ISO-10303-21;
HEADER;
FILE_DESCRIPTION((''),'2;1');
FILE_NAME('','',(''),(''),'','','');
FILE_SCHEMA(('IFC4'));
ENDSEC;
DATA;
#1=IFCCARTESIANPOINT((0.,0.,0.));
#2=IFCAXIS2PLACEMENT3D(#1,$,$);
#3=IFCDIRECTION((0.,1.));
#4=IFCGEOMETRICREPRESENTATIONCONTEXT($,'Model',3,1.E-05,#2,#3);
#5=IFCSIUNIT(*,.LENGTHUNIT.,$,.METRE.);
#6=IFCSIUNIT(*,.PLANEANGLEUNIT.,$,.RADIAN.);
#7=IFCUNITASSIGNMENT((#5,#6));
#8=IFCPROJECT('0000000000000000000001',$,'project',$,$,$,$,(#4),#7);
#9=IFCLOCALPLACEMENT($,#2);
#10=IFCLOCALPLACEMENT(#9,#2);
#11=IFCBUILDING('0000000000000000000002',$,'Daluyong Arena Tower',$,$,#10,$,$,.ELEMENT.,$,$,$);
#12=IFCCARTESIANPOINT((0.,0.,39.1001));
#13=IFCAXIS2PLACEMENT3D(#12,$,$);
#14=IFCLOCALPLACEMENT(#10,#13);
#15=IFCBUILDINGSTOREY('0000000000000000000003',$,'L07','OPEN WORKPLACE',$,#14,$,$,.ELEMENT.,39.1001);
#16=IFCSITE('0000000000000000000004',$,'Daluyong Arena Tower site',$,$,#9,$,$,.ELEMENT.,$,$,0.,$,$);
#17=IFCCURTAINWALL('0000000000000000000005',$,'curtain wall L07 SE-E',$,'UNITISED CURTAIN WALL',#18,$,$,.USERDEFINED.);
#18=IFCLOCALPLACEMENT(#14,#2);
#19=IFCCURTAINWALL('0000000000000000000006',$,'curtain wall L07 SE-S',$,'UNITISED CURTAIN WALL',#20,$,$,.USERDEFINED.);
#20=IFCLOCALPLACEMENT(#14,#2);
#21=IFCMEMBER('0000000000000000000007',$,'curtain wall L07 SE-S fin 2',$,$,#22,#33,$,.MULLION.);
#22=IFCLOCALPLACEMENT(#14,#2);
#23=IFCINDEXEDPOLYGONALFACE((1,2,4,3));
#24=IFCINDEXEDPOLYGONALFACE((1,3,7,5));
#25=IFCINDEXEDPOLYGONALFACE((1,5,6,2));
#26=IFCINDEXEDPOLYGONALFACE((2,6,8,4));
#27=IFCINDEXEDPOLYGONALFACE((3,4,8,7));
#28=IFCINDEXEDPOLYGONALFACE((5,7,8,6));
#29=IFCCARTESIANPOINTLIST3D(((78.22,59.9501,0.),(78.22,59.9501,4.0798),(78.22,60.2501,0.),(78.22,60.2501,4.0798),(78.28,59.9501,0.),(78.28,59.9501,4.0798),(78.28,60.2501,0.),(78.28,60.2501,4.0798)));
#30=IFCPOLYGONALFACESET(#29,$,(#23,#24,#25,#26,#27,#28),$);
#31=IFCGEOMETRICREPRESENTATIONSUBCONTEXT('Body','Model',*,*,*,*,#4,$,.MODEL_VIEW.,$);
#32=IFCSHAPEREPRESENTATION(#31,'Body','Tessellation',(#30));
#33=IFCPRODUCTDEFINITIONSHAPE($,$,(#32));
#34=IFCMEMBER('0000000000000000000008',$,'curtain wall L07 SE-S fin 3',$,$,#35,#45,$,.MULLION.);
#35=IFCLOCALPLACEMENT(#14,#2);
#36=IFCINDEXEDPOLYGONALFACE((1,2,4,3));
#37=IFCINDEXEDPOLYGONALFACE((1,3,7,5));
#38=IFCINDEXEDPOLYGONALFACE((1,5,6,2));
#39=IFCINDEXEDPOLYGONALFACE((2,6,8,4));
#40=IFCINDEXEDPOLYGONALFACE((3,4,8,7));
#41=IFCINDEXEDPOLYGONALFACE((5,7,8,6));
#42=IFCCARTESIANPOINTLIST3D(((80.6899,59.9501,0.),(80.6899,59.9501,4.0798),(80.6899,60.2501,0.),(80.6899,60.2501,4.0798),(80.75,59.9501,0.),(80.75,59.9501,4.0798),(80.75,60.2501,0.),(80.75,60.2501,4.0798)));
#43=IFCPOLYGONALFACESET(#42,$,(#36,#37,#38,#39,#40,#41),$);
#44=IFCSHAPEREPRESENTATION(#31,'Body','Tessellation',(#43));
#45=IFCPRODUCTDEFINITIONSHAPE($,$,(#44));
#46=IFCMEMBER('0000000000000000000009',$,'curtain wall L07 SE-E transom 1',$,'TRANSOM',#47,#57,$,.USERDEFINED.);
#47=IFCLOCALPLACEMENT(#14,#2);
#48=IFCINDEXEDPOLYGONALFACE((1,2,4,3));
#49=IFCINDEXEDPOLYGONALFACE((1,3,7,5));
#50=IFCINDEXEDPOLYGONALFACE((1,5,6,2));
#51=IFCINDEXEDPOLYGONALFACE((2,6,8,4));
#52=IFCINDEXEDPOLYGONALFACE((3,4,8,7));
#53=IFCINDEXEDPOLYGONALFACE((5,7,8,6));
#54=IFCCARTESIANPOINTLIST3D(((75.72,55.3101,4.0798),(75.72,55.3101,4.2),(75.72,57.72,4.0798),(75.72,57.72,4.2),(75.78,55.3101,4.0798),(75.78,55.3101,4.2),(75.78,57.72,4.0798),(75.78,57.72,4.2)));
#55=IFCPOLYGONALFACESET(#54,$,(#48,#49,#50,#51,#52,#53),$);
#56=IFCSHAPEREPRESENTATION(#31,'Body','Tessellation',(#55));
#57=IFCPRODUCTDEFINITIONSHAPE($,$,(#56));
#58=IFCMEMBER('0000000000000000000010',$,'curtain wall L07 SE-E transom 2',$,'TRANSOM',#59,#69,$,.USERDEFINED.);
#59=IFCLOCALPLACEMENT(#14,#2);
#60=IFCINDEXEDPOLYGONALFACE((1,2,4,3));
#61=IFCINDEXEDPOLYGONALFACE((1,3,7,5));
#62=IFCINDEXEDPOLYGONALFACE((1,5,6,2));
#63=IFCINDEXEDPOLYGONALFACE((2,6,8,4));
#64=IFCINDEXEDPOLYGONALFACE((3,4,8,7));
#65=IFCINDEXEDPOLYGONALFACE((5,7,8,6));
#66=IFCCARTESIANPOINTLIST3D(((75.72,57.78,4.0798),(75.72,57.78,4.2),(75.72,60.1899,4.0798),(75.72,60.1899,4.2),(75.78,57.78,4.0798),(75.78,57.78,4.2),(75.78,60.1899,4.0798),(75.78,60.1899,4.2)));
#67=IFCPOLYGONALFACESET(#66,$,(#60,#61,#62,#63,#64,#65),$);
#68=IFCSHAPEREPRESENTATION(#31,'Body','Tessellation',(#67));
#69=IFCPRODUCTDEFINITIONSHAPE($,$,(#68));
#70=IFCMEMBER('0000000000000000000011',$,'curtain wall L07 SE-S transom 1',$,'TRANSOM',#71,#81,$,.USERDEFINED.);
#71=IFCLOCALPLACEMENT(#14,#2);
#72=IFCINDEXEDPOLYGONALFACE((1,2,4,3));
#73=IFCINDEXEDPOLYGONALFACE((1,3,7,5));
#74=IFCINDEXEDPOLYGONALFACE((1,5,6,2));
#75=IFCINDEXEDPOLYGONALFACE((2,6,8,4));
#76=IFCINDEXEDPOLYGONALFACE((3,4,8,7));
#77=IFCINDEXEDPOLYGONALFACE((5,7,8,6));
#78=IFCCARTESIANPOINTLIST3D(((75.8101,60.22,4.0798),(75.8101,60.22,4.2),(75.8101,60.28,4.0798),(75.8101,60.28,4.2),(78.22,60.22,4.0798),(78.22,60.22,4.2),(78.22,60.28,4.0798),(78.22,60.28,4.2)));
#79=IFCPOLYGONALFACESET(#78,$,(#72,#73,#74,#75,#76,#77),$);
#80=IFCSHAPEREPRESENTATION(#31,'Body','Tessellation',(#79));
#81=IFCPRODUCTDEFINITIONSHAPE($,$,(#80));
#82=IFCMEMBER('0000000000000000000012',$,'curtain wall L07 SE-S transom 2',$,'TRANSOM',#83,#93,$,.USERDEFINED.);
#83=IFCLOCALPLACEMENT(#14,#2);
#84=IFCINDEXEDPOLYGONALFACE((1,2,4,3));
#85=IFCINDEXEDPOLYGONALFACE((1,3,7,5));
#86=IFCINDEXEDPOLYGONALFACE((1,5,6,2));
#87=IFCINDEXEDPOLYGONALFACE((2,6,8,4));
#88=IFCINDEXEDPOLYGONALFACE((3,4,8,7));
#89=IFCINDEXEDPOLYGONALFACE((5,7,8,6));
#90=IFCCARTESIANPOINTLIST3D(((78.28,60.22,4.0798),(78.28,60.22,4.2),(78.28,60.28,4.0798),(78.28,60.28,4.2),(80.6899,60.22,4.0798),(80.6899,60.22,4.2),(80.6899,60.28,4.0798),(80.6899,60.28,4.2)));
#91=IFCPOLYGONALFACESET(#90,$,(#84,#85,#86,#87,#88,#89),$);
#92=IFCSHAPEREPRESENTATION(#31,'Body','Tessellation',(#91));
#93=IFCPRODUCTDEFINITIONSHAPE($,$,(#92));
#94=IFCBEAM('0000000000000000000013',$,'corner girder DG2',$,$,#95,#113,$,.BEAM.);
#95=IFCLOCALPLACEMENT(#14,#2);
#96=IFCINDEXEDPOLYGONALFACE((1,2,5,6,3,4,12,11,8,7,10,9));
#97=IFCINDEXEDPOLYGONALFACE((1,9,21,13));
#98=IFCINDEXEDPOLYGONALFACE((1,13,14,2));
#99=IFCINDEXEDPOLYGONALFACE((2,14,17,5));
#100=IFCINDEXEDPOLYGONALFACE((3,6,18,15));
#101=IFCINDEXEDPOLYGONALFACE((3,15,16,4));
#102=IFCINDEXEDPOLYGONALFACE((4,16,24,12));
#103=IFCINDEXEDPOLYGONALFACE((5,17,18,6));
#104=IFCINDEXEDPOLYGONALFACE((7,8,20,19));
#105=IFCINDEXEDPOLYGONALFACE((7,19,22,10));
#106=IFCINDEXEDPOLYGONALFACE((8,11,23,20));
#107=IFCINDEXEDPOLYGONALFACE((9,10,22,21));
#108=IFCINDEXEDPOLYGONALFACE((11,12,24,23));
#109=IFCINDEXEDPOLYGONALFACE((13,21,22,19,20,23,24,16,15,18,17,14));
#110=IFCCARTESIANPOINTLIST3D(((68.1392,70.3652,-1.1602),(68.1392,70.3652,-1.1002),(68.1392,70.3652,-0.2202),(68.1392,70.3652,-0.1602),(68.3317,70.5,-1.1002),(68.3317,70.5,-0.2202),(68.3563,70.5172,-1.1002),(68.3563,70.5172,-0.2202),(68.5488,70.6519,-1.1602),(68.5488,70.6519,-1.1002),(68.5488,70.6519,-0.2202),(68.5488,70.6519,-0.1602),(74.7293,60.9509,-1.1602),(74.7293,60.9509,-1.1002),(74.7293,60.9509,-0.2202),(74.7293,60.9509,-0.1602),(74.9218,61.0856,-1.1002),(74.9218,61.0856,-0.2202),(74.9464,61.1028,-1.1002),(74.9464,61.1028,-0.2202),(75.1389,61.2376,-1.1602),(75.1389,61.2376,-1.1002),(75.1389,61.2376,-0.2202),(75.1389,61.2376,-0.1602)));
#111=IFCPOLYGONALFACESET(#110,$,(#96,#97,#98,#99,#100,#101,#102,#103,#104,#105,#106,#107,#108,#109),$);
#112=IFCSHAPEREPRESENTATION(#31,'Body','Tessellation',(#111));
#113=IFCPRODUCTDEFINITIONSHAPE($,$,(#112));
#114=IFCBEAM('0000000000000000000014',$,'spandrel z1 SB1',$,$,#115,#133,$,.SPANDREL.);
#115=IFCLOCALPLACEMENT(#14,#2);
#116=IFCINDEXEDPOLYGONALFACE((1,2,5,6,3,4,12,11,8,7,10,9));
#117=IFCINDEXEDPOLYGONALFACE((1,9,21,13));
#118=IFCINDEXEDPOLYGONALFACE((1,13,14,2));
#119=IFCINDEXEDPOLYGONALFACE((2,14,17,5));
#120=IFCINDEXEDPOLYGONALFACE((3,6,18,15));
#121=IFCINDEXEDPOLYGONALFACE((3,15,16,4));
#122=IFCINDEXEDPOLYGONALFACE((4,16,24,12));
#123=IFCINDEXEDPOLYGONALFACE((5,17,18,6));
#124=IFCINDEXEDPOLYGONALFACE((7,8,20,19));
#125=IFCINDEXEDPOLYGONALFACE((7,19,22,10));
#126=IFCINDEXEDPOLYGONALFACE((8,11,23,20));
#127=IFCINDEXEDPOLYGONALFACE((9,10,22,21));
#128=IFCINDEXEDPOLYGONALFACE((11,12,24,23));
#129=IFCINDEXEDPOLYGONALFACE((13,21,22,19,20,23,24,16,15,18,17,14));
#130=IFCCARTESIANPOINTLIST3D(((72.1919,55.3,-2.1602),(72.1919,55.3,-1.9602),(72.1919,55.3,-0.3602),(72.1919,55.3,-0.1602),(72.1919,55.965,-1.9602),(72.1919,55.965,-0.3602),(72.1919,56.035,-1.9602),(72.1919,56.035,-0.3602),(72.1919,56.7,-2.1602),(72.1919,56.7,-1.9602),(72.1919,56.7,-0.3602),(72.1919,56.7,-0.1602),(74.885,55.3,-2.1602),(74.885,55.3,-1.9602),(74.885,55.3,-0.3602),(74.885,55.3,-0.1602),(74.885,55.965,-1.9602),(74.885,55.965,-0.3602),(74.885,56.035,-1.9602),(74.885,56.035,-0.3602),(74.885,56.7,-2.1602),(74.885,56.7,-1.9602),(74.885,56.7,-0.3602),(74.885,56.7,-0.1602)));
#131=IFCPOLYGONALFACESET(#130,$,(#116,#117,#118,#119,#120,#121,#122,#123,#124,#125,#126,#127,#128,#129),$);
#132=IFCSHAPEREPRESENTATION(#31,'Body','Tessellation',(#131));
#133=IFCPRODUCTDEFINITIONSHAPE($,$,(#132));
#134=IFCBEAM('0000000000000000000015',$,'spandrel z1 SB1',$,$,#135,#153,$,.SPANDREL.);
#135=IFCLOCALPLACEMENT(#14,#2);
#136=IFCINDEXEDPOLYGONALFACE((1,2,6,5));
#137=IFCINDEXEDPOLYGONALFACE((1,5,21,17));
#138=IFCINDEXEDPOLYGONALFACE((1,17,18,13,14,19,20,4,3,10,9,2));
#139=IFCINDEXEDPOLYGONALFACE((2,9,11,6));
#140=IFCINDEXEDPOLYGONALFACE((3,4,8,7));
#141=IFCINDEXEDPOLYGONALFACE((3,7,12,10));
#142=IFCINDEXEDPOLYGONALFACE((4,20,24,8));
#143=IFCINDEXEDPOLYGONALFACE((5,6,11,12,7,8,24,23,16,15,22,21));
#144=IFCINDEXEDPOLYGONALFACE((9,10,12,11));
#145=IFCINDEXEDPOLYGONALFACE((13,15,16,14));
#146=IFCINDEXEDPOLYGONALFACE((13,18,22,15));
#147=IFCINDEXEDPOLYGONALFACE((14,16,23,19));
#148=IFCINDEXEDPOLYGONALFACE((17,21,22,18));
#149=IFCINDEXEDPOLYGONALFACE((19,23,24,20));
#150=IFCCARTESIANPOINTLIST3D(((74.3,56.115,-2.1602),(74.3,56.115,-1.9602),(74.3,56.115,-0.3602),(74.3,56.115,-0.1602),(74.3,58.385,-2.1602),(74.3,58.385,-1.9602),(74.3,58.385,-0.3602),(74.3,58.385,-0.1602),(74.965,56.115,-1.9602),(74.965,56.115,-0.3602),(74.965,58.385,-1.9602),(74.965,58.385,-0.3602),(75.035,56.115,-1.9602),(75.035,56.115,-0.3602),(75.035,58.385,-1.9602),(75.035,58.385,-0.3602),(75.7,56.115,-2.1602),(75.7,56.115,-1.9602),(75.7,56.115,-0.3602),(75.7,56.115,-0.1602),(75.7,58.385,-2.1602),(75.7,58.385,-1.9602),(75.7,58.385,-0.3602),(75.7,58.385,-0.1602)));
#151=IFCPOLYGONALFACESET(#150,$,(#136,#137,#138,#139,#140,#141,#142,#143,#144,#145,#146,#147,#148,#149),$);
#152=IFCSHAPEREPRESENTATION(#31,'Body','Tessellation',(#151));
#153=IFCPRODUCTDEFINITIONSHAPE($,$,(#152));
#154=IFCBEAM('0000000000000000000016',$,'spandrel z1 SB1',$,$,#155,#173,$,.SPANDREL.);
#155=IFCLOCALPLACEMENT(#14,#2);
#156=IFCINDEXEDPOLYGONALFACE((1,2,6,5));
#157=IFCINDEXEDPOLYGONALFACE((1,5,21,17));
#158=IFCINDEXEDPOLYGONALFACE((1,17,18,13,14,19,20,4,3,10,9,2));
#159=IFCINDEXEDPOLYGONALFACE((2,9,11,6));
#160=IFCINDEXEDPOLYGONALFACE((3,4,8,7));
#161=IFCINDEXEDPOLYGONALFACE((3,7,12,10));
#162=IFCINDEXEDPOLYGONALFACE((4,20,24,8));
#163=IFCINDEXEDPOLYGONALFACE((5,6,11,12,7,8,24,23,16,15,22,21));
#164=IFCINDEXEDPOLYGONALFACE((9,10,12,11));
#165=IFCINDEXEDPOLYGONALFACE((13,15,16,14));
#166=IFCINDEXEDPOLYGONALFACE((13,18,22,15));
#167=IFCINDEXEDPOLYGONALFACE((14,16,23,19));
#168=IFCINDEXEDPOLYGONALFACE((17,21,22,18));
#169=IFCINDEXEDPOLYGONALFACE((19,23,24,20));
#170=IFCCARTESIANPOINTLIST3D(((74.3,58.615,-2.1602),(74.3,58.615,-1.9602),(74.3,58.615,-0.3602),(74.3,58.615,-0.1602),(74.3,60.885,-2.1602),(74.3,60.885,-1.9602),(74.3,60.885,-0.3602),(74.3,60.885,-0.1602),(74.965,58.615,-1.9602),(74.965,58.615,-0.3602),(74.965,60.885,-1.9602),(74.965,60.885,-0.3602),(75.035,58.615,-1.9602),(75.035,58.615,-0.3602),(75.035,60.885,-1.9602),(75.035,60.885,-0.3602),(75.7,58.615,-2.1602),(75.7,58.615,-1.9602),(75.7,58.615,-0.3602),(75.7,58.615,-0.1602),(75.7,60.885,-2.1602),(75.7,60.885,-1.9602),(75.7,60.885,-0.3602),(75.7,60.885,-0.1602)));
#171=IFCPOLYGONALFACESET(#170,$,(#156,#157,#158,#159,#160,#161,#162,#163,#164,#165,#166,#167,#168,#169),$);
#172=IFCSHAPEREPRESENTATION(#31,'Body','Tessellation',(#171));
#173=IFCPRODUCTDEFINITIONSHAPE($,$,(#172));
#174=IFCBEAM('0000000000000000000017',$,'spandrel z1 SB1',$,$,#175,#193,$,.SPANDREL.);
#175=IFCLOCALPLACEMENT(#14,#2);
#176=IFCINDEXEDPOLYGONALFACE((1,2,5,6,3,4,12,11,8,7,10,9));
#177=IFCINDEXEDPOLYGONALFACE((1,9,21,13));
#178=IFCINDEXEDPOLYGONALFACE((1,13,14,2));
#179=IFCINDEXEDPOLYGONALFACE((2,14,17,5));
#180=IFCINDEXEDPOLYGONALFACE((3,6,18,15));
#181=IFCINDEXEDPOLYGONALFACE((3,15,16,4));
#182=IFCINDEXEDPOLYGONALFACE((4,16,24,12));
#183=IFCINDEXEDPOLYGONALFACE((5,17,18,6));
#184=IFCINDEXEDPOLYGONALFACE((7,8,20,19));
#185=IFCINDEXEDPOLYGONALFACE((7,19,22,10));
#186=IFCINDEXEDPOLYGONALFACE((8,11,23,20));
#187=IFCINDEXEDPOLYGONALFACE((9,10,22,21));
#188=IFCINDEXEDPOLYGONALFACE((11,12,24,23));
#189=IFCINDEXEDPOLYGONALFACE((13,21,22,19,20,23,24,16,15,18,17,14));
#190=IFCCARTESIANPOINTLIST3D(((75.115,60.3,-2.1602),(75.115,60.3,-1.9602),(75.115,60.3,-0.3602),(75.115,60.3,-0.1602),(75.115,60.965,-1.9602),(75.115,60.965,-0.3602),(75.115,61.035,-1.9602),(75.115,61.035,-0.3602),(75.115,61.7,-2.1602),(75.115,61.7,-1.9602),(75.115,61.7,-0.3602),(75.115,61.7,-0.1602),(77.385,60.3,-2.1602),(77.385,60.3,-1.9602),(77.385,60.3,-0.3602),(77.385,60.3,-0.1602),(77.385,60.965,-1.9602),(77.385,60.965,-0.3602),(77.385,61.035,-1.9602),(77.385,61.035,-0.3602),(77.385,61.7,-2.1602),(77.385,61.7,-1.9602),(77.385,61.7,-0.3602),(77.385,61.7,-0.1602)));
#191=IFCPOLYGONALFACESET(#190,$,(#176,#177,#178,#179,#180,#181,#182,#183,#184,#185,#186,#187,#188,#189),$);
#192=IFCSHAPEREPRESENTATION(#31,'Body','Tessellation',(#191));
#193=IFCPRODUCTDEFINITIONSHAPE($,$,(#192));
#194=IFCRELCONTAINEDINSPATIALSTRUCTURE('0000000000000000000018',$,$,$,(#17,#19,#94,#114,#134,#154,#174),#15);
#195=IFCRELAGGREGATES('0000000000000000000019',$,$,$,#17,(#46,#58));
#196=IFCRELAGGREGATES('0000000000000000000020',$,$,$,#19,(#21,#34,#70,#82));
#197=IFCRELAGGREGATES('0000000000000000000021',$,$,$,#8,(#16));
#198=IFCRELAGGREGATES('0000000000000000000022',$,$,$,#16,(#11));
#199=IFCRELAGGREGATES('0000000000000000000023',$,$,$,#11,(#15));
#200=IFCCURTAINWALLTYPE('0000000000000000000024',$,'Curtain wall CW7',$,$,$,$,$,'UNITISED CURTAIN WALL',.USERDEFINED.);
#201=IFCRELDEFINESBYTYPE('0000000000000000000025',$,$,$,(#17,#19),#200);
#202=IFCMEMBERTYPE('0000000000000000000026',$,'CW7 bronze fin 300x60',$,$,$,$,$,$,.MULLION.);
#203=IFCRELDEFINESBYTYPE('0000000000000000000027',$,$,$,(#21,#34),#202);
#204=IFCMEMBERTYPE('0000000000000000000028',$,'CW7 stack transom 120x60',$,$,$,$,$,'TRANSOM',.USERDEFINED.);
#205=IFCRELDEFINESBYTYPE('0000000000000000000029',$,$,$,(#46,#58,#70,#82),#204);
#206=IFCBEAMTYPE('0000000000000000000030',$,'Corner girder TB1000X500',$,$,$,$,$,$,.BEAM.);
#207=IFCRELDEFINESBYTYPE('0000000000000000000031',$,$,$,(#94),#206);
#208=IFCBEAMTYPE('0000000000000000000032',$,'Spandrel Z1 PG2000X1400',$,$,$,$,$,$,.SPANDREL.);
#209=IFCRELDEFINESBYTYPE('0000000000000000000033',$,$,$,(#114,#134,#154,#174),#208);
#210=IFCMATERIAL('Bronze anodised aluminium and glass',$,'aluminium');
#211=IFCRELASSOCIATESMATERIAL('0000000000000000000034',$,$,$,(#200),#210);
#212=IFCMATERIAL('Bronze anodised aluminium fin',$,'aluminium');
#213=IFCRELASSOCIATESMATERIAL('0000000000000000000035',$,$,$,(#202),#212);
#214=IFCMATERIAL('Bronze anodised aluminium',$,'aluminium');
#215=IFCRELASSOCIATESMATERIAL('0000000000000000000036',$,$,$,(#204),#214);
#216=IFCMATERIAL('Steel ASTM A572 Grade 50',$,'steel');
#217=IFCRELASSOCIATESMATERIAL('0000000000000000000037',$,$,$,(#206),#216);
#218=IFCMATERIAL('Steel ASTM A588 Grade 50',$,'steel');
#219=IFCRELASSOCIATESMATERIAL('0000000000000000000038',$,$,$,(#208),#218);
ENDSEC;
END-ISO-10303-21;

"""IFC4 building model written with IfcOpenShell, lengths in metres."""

from ifc_helpers import new_model, si_unit, direction, frame, origin, origin_2d, place, context, subcontext, project, spatial, rectangle, i_section, extrude, material, material_profile, profile_set, type_object, element, aggregate, save


model = new_model("IFC4")

# Units and contexts
model_context = context("Model", 3, precision=1e-05, world=origin(), true_north=direction((0.0, 1.0)))
body_context = subcontext(model_context, "Body", "Model", "MODEL_VIEW")
ifc_project = project(units=[si_unit("LENGTHUNIT", "METRE"), si_unit("PLANEANGLEUNIT", "RADIAN")], contexts=[model_context])

# Site, building, storey
site_placement = place(None, origin())
site = spatial("IfcSite", under=ifc_project, at=site_placement, Name="Daluyong Arena Tower site", CompositionType="ELEMENT", RefElevation=0.0)
building_placement = place(site_placement, origin())
building = spatial("IfcBuilding", under=site, at=building_placement, Name="Daluyong Arena Tower", CompositionType="ELEMENT")
storey_placement = place(building_placement, frame((0.0, 0.0, 39.1001)))
storey = spatial("IfcBuildingStorey", under=building, at=storey_placement, Name="L07", Description="OPEN WORKPLACE", CompositionType="ELEMENT", Elevation=39.1001)

# Curtain walls, members
ifc_material_1 = material(Name="Bronze anodised aluminium and glass", Category="aluminium")
curtain_wall_type_1 = type_object("IfcCurtainWallType", Name="Curtain wall CW7", ElementType="UNITISED CURTAIN WALL", PredefinedType="USERDEFINED", material=ifc_material_1)
curtain_wall_1_placement = place(storey_placement, origin())
curtain_wall_1 = element("IfcCurtainWall", 1, at=curtain_wall_1_placement, inside=storey, type_object=curtain_wall_type_1, Name="curtain wall L07 SE-E", ObjectType="UNITISED CURTAIN WALL", PredefinedType="USERDEFINED")
ifc_material_2 = material(Name="Bronze anodised aluminium fin", Category="aluminium")
ifc_material_profile_1 = material_profile(ifc_material_2, rectangle(XDim=0.3, YDim=0.0601, at=origin_2d()))
ifc_profile_set_1 = profile_set([ifc_material_profile_1], Name="Bronze anodised aluminium fin")
member_type_1 = type_object("IfcMemberType", Name="CW7 bronze fin 300x60", PredefinedType="MULLION", material=ifc_profile_set_1)
curtain_wall_2_placement = place(storey_placement, origin())
curtain_wall_2 = element("IfcCurtainWall", 2, at=curtain_wall_2_placement, inside=storey, type_object=curtain_wall_type_1, Name="curtain wall L07 SE-S", ObjectType="UNITISED CURTAIN WALL", PredefinedType="USERDEFINED")
member_1_placement = place(storey_placement, frame((78.25, 60.1001, 0.0), z_axis=(0.0, 0.0, 1.0), x_axis=(0.0, 1.0, 0.0)))
member_1 = element("IfcMember", 3, at=member_1_placement, type_object=member_type_1, Name="curtain wall L07 SE-S fin 2", PredefinedType="MULLION", context=body_context, shape_type="SweptSolid", body=[
    extrude(rectangle(XDim=0.3, YDim=0.0601, at=origin_2d()), origin(), (0.0, 0.0, 1.0), 4.0798),
])
member_2_placement = place(storey_placement, frame((80.72, 60.1001, 0.0), z_axis=(0.0, 0.0, 1.0), x_axis=(0.0, 1.0, 0.0)))
member_2 = element("IfcMember", 4, at=member_2_placement, type_object=member_type_1, Name="curtain wall L07 SE-S fin 3", PredefinedType="MULLION", context=body_context, shape_type="SweptSolid", body=[
    extrude(rectangle(XDim=0.3, YDim=0.0601, at=origin_2d()), origin(), (0.0, 0.0, 1.0), 4.0798),
])

# Members
ifc_material_3 = material(Name="Bronze anodised aluminium", Category="aluminium")
ifc_material_profile_2 = material_profile(ifc_material_3, rectangle(XDim=0.0601, YDim=0.1201, at=origin_2d()))
ifc_profile_set_2 = profile_set([ifc_material_profile_2], Name="Bronze anodised aluminium")
member_type_2 = type_object("IfcMemberType", Name="CW7 stack transom 120x60", ElementType="TRANSOM", PredefinedType="USERDEFINED", material=ifc_profile_set_2)
member_3_placement = place(storey_placement, frame((75.75, 55.3101, 4.1399), z_axis=(0.0, 1.0, 0.0), x_axis=(-1.0, 0.0, 0.0)))
member_3 = element("IfcMember", 5, at=member_3_placement, type_object=member_type_2, Name="curtain wall L07 SE-E transom 1", ObjectType="TRANSOM", PredefinedType="USERDEFINED", context=body_context, shape_type="SweptSolid", body=[
    extrude(rectangle(XDim=0.0601, YDim=0.1201, at=origin_2d()), origin(), (0.0, 0.0, 1.0), 2.4099),
])
member_4_placement = place(storey_placement, frame((75.75, 57.78, 4.1399), z_axis=(0.0, 1.0, 0.0), x_axis=(-1.0, 0.0, 0.0)))
member_4 = element("IfcMember", 6, at=member_4_placement, type_object=member_type_2, Name="curtain wall L07 SE-E transom 2", ObjectType="TRANSOM", PredefinedType="USERDEFINED", context=body_context, shape_type="SweptSolid", body=[
    extrude(rectangle(XDim=0.0601, YDim=0.1201, at=origin_2d()), origin(), (0.0, 0.0, 1.0), 2.4099),
])
member_5_placement = place(storey_placement, frame((75.8101, 60.25, 4.1399), z_axis=(1.0, 0.0, 0.0), x_axis=(0.0, 1.0, 0.0)))
member_5 = element("IfcMember", 7, at=member_5_placement, type_object=member_type_2, Name="curtain wall L07 SE-S transom 1", ObjectType="TRANSOM", PredefinedType="USERDEFINED", context=body_context, shape_type="SweptSolid", body=[
    extrude(rectangle(XDim=0.0601, YDim=0.1201, at=origin_2d()), origin(), (0.0, 0.0, 1.0), 2.4099),
])
member_6_placement = place(storey_placement, frame((78.28, 60.25, 4.1399), z_axis=(1.0, 0.0, 0.0), x_axis=(0.0, 1.0, 0.0)))
member_6 = element("IfcMember", 8, at=member_6_placement, type_object=member_type_2, Name="curtain wall L07 SE-S transom 2", ObjectType="TRANSOM", PredefinedType="USERDEFINED", context=body_context, shape_type="SweptSolid", body=[
    extrude(rectangle(XDim=0.0601, YDim=0.1201, at=origin_2d()), origin(), (0.0, 0.0, 1.0), 2.4099),
])

# Beams
ifc_material_4 = material(Name="Steel ASTM A572 Grade 50", Category="steel")
ifc_material_profile_3 = material_profile(ifc_material_4, i_section(OverallWidth=0.5, OverallDepth=1.0, WebThickness=0.03, FlangeThickness=0.06, at=origin_2d()))
ifc_profile_set_3 = profile_set([ifc_material_profile_3], Name="Steel ASTM A572 Grade 50")
beam_type_1 = type_object("IfcBeamType", Name="Corner girder TB1000X500", PredefinedType="BEAM", material=ifc_profile_set_3)
beam_1_placement = place(storey_placement, frame((74.9341, 61.0942, -0.6602), z_axis=(-0.573467, 0.819229, 0.0), x_axis=(-0.819229, -0.573467, 0.0)))
element("IfcBeam", 9, at=beam_1_placement, inside=storey, type_object=beam_type_1, Name="corner girder DG2", PredefinedType="BEAM", context=body_context, shape_type="SweptSolid", body=[
    extrude(i_section(OverallWidth=0.5, OverallDepth=1.0, WebThickness=0.03, FlangeThickness=0.06, at=origin_2d()), origin(), (0.0, 0.0, 1.0), 11.4917),
])
ifc_material_5 = material(Name="Steel ASTM A588 Grade 50", Category="steel")
ifc_material_profile_4 = material_profile(ifc_material_5, i_section(OverallWidth=1.3999, OverallDepth=2.0, WebThickness=0.07, FlangeThickness=0.2, at=origin_2d()))
ifc_profile_set_4 = profile_set([ifc_material_profile_4], Name="Steel ASTM A588 Grade 50")
beam_type_2 = type_object("IfcBeamType", Name="Spandrel Z1 PG2000X1400", PredefinedType="SPANDREL", material=ifc_profile_set_4)
beam_2_placement = place(storey_placement, frame((72.1919, 56.0, -1.1602), z_axis=(1.0, 0.0, 0.0), x_axis=(0.0, 1.0, 0.0)))
element("IfcBeam", 10, at=beam_2_placement, inside=storey, type_object=beam_type_2, Name="spandrel z1 SB1", PredefinedType="SPANDREL", context=body_context, shape_type="SweptSolid", body=[
    extrude(i_section(OverallWidth=1.3999, OverallDepth=2.0, WebThickness=0.07, FlangeThickness=0.2, at=origin_2d()), origin(), (0.0, 0.0, 1.0), 2.6931),
])
for number, where, z_axis, x_axis, name in (
    (11, (75.0, 56.115, -1.1602), (0.0, 1.0, 0.0), (-1.0, 0.0, 0.0), "spandrel z1 SB1"),
    (12, (75.0, 58.615, -1.1602), (0.0, 1.0, 0.0), (-1.0, 0.0, 0.0), "spandrel z1 SB1"),
    (13, (75.115, 61.0, -1.1602), (1.0, 0.0, 0.0), (0.0, 1.0, 0.0), "spandrel z1 SB1"),
):
    element("IfcBeam", number, at=place(storey_placement, frame(where, z_axis=z_axis, x_axis=x_axis)), inside=storey, type_object=beam_type_2, Name=name, PredefinedType="SPANDREL", context=body_context, shape_type="SweptSolid", body=[
        extrude(i_section(OverallWidth=1.3999, OverallDepth=2.0, WebThickness=0.07, FlangeThickness=0.2, at=origin_2d()), origin(), (0.0, 0.0, 1.0), 2.27),
    ])

aggregate(curtain_wall_1, [member_3, member_4])
aggregate(curtain_wall_2, [member_1, member_2, member_5, member_6])

save(model, "model.ifc")
